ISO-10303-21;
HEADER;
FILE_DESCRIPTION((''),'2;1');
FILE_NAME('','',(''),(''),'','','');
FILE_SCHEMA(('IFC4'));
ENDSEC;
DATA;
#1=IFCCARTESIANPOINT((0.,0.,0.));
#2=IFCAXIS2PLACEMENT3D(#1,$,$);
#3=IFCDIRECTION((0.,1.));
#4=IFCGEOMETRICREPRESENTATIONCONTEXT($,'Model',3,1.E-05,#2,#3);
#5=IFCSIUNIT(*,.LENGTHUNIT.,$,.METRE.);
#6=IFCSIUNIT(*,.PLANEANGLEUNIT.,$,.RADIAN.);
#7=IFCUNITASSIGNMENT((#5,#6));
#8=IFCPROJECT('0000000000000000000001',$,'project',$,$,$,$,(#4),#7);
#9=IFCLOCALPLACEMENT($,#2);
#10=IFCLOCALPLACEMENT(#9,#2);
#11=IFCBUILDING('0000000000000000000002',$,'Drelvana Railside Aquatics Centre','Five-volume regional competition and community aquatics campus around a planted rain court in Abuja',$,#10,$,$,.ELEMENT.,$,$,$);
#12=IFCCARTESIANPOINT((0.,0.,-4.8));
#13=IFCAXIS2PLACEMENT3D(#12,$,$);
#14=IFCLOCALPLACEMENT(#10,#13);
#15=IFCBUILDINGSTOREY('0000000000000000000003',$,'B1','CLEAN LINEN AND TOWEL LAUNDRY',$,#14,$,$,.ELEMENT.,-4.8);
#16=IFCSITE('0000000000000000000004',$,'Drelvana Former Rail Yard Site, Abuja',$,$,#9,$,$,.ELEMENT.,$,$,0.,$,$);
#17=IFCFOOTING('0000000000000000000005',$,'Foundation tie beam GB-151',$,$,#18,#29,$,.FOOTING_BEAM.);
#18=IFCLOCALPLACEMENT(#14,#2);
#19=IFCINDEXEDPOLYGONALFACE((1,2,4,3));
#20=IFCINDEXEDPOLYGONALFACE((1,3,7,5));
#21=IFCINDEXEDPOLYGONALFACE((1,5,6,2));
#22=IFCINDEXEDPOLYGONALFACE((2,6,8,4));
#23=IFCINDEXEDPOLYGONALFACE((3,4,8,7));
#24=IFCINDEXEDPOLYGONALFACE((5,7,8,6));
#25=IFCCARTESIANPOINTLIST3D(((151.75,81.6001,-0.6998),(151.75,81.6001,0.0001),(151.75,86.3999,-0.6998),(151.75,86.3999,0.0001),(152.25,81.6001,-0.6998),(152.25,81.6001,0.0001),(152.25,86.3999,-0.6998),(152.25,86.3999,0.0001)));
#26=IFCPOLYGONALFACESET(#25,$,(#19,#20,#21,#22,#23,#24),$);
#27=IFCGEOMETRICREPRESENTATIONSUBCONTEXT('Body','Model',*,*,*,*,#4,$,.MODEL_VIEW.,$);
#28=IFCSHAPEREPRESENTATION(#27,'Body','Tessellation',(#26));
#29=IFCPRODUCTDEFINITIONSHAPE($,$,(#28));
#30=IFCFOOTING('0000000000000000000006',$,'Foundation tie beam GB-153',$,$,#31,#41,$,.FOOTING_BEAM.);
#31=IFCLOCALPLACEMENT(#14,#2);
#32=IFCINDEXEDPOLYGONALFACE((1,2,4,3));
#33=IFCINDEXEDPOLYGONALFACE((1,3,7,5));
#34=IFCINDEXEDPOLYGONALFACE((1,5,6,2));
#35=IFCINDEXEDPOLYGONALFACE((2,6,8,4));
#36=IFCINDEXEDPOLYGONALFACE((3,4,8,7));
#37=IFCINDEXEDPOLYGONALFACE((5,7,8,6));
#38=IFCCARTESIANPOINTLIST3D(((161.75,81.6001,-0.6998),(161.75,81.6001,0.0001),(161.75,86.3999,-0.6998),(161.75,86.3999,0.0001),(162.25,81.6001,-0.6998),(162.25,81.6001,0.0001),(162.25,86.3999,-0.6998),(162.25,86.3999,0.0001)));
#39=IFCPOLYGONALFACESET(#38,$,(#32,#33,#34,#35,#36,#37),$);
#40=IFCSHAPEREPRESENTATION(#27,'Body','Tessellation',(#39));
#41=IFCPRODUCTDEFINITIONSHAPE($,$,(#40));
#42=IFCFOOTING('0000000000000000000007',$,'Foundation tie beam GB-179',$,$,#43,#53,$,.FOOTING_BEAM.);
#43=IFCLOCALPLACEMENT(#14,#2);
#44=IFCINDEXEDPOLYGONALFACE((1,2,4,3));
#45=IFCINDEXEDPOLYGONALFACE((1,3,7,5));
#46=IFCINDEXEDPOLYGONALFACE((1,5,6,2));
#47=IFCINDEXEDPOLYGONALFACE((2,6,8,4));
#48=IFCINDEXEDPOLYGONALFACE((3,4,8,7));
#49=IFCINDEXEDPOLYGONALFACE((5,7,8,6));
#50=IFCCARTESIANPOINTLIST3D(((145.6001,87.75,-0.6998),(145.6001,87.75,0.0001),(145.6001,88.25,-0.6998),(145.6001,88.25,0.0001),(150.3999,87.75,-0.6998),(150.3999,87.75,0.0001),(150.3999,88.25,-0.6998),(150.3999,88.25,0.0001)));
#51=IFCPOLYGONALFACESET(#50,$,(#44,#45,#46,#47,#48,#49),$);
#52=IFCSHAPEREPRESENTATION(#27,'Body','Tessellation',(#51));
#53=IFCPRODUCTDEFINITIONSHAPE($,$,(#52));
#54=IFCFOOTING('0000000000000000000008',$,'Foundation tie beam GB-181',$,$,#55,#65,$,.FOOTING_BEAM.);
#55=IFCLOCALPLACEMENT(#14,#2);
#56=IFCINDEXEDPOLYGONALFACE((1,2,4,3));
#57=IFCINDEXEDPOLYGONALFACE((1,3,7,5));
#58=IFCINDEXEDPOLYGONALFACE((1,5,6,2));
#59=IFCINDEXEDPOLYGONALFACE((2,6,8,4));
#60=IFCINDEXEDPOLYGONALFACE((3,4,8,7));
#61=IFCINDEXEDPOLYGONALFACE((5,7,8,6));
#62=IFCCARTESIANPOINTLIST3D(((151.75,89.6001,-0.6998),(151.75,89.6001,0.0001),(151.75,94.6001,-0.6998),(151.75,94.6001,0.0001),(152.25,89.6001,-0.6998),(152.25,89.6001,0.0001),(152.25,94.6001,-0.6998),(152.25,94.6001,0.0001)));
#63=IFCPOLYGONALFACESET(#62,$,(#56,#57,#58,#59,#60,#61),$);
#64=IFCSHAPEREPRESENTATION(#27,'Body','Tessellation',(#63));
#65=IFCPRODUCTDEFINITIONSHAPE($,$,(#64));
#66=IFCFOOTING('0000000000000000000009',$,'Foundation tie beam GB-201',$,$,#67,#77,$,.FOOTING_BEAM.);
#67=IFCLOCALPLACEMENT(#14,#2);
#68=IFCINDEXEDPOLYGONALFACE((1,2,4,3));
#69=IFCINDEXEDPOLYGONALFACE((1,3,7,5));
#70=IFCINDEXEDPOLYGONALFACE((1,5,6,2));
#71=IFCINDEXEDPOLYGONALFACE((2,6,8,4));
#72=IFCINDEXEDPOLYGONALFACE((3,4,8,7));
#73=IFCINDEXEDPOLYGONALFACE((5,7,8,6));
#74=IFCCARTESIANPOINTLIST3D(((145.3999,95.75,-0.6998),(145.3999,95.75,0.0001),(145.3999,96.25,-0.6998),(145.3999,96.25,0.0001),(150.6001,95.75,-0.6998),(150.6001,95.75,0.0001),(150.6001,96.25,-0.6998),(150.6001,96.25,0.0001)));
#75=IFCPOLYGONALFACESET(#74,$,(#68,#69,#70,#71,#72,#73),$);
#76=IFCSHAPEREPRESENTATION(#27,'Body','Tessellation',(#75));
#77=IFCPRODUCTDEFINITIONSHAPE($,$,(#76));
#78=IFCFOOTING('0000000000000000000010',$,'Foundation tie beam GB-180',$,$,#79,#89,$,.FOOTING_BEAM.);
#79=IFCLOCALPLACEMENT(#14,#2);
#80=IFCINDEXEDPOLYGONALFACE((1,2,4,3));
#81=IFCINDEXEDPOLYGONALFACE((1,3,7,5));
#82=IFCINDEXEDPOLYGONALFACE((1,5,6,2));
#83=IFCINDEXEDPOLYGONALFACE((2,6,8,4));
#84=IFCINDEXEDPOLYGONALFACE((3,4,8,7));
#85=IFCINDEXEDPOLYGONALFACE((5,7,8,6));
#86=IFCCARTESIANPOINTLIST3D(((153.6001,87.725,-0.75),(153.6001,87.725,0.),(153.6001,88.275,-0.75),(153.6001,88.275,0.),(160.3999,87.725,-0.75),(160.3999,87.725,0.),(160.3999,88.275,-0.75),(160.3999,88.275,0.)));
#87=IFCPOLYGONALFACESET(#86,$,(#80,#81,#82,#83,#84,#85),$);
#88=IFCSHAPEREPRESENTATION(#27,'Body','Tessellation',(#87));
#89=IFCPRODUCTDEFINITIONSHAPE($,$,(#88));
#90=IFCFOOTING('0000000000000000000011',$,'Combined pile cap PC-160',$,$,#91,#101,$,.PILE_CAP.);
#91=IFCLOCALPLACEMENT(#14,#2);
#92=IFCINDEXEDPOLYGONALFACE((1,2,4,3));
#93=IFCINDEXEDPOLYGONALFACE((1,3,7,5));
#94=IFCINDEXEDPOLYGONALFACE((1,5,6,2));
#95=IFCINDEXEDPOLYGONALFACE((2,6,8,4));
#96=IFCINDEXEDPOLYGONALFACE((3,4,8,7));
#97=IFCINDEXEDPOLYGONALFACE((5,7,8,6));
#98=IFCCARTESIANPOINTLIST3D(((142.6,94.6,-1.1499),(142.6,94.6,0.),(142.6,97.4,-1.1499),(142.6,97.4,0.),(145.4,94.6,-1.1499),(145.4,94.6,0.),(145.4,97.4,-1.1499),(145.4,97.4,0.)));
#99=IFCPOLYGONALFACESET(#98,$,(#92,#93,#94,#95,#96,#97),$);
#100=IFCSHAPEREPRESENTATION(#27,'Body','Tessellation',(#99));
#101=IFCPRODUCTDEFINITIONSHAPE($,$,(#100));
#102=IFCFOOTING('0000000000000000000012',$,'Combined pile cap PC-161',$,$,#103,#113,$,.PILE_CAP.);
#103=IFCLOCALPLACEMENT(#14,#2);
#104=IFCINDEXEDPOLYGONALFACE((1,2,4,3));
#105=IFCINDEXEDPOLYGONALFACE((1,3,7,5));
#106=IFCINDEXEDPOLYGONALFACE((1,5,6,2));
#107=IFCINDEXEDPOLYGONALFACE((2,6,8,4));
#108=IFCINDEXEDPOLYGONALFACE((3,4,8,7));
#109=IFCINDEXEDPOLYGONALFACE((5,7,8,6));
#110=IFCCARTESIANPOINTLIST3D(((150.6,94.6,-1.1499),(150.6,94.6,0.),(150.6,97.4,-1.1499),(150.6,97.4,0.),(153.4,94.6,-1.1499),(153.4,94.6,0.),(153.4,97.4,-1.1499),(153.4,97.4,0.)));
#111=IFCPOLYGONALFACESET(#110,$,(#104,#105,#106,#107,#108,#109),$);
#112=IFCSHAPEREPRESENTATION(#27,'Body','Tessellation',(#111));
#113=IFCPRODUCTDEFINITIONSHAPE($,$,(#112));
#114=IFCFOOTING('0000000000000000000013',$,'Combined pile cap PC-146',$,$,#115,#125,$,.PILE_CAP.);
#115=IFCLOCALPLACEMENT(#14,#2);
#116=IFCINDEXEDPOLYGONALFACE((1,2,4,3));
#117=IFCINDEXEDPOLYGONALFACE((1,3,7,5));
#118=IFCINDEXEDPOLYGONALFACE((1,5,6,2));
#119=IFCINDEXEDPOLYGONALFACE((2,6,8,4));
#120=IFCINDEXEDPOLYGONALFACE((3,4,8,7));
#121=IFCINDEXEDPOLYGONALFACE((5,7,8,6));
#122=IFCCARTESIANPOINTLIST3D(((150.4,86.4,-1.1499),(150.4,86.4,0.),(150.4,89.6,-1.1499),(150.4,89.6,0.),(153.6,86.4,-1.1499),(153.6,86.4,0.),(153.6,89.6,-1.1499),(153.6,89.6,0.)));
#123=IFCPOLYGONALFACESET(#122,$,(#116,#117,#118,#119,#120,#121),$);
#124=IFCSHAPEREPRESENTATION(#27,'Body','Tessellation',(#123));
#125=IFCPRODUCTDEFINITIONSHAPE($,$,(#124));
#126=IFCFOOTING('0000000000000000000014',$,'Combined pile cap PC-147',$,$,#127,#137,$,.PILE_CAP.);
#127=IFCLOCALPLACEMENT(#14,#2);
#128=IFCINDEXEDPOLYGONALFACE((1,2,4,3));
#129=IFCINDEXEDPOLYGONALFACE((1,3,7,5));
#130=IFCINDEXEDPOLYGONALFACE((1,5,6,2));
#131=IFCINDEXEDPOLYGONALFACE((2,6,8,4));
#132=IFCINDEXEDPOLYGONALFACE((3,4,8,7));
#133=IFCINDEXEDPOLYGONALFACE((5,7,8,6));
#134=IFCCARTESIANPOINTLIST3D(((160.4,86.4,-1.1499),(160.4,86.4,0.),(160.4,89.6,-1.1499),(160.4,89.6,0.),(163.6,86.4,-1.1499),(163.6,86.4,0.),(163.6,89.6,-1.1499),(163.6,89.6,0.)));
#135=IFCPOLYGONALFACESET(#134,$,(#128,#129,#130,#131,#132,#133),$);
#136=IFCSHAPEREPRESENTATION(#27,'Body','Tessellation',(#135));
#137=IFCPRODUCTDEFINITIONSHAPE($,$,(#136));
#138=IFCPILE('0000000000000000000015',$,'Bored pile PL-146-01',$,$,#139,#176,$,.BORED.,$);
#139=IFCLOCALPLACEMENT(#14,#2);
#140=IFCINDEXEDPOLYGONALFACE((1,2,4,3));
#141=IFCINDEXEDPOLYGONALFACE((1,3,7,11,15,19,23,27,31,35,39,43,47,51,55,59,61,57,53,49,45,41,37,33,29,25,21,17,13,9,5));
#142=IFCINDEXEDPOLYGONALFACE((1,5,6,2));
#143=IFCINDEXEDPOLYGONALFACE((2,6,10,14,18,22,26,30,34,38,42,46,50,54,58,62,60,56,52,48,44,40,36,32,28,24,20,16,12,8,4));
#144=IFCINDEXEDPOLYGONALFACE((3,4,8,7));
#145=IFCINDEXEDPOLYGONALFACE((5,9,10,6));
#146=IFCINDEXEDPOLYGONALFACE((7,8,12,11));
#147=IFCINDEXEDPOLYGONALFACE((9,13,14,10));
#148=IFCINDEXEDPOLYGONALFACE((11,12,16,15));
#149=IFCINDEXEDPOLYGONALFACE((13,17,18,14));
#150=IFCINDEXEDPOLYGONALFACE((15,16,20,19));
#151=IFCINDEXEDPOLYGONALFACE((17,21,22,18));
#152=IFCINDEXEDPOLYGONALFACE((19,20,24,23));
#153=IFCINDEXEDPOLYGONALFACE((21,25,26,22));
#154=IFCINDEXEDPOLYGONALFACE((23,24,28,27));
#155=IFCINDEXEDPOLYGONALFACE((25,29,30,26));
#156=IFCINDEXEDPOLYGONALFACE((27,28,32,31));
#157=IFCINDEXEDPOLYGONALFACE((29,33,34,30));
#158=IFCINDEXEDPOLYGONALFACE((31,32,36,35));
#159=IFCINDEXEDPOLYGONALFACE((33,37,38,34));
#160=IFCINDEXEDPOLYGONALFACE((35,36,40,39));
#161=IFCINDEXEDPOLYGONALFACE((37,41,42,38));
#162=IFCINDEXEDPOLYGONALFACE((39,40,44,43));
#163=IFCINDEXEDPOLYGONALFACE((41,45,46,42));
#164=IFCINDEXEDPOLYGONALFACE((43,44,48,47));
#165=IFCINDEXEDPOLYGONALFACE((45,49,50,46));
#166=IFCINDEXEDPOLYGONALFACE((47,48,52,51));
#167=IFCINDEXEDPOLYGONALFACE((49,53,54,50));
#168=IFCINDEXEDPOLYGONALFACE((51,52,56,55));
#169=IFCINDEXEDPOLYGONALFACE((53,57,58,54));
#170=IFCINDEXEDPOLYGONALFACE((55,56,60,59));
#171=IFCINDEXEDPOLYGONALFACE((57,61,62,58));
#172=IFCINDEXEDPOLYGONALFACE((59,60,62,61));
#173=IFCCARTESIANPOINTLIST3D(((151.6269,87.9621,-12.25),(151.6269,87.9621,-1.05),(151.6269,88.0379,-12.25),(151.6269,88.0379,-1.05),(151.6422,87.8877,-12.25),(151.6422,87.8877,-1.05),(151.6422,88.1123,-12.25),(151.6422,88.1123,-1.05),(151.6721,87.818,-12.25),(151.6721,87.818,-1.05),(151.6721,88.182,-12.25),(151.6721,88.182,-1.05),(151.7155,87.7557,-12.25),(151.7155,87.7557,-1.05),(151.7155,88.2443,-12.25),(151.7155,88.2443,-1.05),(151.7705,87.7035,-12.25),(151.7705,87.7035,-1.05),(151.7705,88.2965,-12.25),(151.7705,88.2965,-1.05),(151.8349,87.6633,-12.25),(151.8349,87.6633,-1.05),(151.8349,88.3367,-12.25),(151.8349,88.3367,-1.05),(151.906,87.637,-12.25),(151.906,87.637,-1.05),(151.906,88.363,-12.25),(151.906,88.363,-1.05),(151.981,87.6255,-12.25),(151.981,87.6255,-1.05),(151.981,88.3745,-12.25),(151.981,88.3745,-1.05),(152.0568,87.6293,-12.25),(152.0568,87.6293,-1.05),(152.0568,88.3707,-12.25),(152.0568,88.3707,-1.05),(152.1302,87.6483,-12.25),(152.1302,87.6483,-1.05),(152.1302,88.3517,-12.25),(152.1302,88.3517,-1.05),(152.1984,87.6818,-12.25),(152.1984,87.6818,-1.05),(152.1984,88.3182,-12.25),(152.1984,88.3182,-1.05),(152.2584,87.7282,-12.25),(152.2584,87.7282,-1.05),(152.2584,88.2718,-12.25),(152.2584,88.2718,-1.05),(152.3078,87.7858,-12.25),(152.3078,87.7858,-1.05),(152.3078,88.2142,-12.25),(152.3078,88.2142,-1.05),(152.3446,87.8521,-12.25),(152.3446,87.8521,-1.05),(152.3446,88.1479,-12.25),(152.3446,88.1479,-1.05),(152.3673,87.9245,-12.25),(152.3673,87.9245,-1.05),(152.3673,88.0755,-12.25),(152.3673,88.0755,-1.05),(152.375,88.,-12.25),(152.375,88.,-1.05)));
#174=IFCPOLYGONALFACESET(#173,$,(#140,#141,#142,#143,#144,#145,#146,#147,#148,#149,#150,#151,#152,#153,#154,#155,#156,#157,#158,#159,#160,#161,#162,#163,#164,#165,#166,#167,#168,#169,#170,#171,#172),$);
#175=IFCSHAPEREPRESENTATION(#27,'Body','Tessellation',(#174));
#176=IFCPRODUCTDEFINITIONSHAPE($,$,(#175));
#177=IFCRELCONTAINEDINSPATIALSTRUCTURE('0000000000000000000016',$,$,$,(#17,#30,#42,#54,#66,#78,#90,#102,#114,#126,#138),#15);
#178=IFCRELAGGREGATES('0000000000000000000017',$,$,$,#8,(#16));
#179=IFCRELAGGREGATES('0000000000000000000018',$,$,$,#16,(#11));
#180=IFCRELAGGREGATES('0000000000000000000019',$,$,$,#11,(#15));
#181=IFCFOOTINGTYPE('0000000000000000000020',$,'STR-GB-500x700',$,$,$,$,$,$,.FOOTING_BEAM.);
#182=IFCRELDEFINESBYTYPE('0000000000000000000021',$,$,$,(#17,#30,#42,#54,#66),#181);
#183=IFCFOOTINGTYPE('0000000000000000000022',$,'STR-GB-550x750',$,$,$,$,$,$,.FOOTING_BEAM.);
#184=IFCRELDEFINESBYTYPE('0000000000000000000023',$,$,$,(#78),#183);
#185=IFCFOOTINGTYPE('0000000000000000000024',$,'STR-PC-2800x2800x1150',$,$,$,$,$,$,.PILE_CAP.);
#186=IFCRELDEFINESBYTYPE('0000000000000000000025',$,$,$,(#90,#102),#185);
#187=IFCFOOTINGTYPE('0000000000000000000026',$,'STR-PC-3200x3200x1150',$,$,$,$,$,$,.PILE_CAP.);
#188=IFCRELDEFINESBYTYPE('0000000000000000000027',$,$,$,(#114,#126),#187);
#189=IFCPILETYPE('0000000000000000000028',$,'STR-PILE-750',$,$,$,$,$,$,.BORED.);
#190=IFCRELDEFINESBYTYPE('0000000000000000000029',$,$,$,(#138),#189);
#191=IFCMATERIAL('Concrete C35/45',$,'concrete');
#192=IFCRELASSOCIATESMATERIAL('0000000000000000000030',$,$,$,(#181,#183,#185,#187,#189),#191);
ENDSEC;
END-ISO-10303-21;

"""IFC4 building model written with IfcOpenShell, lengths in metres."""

from ifc_helpers import new_model, si_unit, direction, frame, origin, origin_2d, place, context, subcontext, project, spatial, rectangle, circle, extrude, material, material_profile, profile_set, type_object, element, save


model = new_model("IFC4")

# Units and contexts
model_context = context("Model", 3, precision=1e-05, world=origin(), true_north=direction((0.0, 1.0)))
body_context = subcontext(model_context, "Body", "Model", "MODEL_VIEW")
ifc_project = project(units=[si_unit("LENGTHUNIT", "METRE"), si_unit("PLANEANGLEUNIT", "RADIAN")], contexts=[model_context])

# Site, building, storey
site_placement = place(None, origin())
site = spatial("IfcSite", under=ifc_project, at=site_placement, Name="Drelvana Former Rail Yard Site, Abuja", CompositionType="ELEMENT", RefElevation=0.0)
building_placement = place(site_placement, origin())
building = spatial("IfcBuilding", under=site, at=building_placement, Name="Drelvana Railside Aquatics Centre", Description="Five-volume regional competition and community aquatics campus around a planted rain court in Abuja", CompositionType="ELEMENT")
storey_placement = place(building_placement, frame((0.0, 0.0, -4.8)))
storey = spatial("IfcBuildingStorey", under=building, at=storey_placement, Name="B1", Description="CLEAN LINEN AND TOWEL LAUNDRY", CompositionType="ELEMENT", Elevation=-4.8)

# Footings
ifc_material_1 = material(Name="Concrete C35/45", Category="concrete")
ifc_material_profile_1 = material_profile(ifc_material_1, rectangle(XDim=0.5, YDim=0.7, at=origin_2d()), Name="GB 500x700")
ifc_profile_set_1 = profile_set([ifc_material_profile_1], Name="Concrete C35/45")
footing_type_1 = type_object("IfcFootingType", Name="STR-GB-500x700", PredefinedType="FOOTING_BEAM", material=ifc_profile_set_1)
for number, where, z_axis, x_axis, name in (
    (1, (152.0, 81.6001, -0.3499), (0.0, 1.0, 0.0), (-1.0, 0.0, 0.0), "Foundation tie beam GB-151"),
    (2, (162.0, 81.6001, -0.3499), (0.0, 1.0, 0.0), (-1.0, 0.0, 0.0), "Foundation tie beam GB-153"),
    (3, (145.6001, 88.0, -0.3499), (1.0, 0.0, 0.0), (0.0, 1.0, 0.0), "Foundation tie beam GB-179"),
):
    element("IfcFooting", number, at=place(storey_placement, frame(where, z_axis=z_axis, x_axis=x_axis)), inside=storey, type_object=footing_type_1, Name=name, PredefinedType="FOOTING_BEAM", context=body_context, shape_type="SweptSolid", body=[
        extrude(rectangle(XDim=0.5, YDim=0.7, at=origin_2d()), origin(), (0.0, 0.0, 1.0), 4.7998),
    ])
footing_1_placement = place(storey_placement, frame((152.0, 89.6001, -0.3499), z_axis=(0.0, 1.0, 0.0), x_axis=(-1.0, 0.0, 0.0)))
element("IfcFooting", 4, at=footing_1_placement, inside=storey, type_object=footing_type_1, Name="Foundation tie beam GB-181", PredefinedType="FOOTING_BEAM", context=body_context, shape_type="SweptSolid", body=[
    extrude(rectangle(XDim=0.5, YDim=0.7, at=origin_2d()), origin(), (0.0, 0.0, 1.0), 5.0),
])
footing_2_placement = place(storey_placement, frame((145.3999, 96.0, -0.3499), z_axis=(1.0, 0.0, 0.0), x_axis=(0.0, 1.0, 0.0)))
element("IfcFooting", 5, at=footing_2_placement, inside=storey, type_object=footing_type_1, Name="Foundation tie beam GB-201", PredefinedType="FOOTING_BEAM", context=body_context, shape_type="SweptSolid", body=[
    extrude(rectangle(XDim=0.5, YDim=0.7, at=origin_2d()), origin(), (0.0, 0.0, 1.0), 5.2002),
])
ifc_material_profile_2 = material_profile(ifc_material_1, rectangle(XDim=0.55, YDim=0.75, at=origin_2d()), Name="GB 550x750")
ifc_profile_set_2 = profile_set([ifc_material_profile_2], Name="Concrete C35/45")
footing_type_2 = type_object("IfcFootingType", Name="STR-GB-550x750", PredefinedType="FOOTING_BEAM", material=ifc_profile_set_2)
footing_3_placement = place(storey_placement, frame((153.6001, 88.0, -0.375), z_axis=(1.0, 0.0, 0.0), x_axis=(0.0, 1.0, 0.0)))
element("IfcFooting", 6, at=footing_3_placement, inside=storey, type_object=footing_type_2, Name="Foundation tie beam GB-180", PredefinedType="FOOTING_BEAM", context=body_context, shape_type="SweptSolid", body=[
    extrude(rectangle(XDim=0.55, YDim=0.75, at=origin_2d()), origin(), (0.0, 0.0, 1.0), 6.7998),
])
footing_type_3 = type_object("IfcFootingType", Name="STR-PC-2800x2800x1150", PredefinedType="PILE_CAP", material=ifc_material_1)
for number, where, z_axis, x_axis, name in (
    (7, (144.0, 96.0, -1.1499), (0.0, 0.0, 1.0), (1.0, 0.0, 0.0), "Combined pile cap PC-160"),
    (8, (152.0, 96.0, -1.1499), (0.0, 0.0, 1.0), (1.0, 0.0, 0.0), "Combined pile cap PC-161"),
):
    element("IfcFooting", number, at=place(storey_placement, frame(where, z_axis=z_axis, x_axis=x_axis)), inside=storey, type_object=footing_type_3, Name=name, PredefinedType="PILE_CAP", context=body_context, shape_type="SweptSolid", body=[
        extrude(rectangle(XDim=2.8, YDim=2.8, at=origin_2d()), origin(), (0.0, 0.0, 1.0), 1.1499),
    ])
footing_type_4 = type_object("IfcFootingType", Name="STR-PC-3200x3200x1150", PredefinedType="PILE_CAP", material=ifc_material_1)
for number, where, z_axis, x_axis, name in (
    (9, (152.0, 88.0, -1.1499), (0.0, 0.0, 1.0), (1.0, 0.0, 0.0), "Combined pile cap PC-146"),
    (10, (162.0, 88.0, -1.1499), (0.0, 0.0, 1.0), (1.0, 0.0, 0.0), "Combined pile cap PC-147"),
):
    element("IfcFooting", number, at=place(storey_placement, frame(where, z_axis=z_axis, x_axis=x_axis)), inside=storey, type_object=footing_type_4, Name=name, PredefinedType="PILE_CAP", context=body_context, shape_type="SweptSolid", body=[
        extrude(rectangle(XDim=3.2, YDim=3.2, at=origin_2d()), origin(), (0.0, 0.0, 1.0), 1.1499),
    ])

# Pile
ifc_material_profile_3 = material_profile(ifc_material_1, circle(Radius=0.375, at=origin_2d()), Name="PILE D750")
ifc_profile_set_3 = profile_set([ifc_material_profile_3], Name="Concrete C35/45")
pile_type = type_object("IfcPileType", Name="STR-PILE-750", PredefinedType="BORED", material=ifc_profile_set_3)
for number, where, z_axis, x_axis, name in (
    (11, (152.0, 88.0, -1.05), (0.0, 0.0, -1.0), (1.0, 0.0, 0.0), "Bored pile PL-146-01"),
):
    element("IfcPile", number, at=place(storey_placement, frame(where, z_axis=z_axis, x_axis=x_axis)), inside=storey, type_object=pile_type, Name=name, PredefinedType="BORED", context=body_context, shape_type="SweptSolid", body=[
        extrude(circle(Radius=0.375, at=origin_2d()), origin(), (0.0, 0.0, 1.0), 11.2),
    ])

save(model, "model.ifc")
